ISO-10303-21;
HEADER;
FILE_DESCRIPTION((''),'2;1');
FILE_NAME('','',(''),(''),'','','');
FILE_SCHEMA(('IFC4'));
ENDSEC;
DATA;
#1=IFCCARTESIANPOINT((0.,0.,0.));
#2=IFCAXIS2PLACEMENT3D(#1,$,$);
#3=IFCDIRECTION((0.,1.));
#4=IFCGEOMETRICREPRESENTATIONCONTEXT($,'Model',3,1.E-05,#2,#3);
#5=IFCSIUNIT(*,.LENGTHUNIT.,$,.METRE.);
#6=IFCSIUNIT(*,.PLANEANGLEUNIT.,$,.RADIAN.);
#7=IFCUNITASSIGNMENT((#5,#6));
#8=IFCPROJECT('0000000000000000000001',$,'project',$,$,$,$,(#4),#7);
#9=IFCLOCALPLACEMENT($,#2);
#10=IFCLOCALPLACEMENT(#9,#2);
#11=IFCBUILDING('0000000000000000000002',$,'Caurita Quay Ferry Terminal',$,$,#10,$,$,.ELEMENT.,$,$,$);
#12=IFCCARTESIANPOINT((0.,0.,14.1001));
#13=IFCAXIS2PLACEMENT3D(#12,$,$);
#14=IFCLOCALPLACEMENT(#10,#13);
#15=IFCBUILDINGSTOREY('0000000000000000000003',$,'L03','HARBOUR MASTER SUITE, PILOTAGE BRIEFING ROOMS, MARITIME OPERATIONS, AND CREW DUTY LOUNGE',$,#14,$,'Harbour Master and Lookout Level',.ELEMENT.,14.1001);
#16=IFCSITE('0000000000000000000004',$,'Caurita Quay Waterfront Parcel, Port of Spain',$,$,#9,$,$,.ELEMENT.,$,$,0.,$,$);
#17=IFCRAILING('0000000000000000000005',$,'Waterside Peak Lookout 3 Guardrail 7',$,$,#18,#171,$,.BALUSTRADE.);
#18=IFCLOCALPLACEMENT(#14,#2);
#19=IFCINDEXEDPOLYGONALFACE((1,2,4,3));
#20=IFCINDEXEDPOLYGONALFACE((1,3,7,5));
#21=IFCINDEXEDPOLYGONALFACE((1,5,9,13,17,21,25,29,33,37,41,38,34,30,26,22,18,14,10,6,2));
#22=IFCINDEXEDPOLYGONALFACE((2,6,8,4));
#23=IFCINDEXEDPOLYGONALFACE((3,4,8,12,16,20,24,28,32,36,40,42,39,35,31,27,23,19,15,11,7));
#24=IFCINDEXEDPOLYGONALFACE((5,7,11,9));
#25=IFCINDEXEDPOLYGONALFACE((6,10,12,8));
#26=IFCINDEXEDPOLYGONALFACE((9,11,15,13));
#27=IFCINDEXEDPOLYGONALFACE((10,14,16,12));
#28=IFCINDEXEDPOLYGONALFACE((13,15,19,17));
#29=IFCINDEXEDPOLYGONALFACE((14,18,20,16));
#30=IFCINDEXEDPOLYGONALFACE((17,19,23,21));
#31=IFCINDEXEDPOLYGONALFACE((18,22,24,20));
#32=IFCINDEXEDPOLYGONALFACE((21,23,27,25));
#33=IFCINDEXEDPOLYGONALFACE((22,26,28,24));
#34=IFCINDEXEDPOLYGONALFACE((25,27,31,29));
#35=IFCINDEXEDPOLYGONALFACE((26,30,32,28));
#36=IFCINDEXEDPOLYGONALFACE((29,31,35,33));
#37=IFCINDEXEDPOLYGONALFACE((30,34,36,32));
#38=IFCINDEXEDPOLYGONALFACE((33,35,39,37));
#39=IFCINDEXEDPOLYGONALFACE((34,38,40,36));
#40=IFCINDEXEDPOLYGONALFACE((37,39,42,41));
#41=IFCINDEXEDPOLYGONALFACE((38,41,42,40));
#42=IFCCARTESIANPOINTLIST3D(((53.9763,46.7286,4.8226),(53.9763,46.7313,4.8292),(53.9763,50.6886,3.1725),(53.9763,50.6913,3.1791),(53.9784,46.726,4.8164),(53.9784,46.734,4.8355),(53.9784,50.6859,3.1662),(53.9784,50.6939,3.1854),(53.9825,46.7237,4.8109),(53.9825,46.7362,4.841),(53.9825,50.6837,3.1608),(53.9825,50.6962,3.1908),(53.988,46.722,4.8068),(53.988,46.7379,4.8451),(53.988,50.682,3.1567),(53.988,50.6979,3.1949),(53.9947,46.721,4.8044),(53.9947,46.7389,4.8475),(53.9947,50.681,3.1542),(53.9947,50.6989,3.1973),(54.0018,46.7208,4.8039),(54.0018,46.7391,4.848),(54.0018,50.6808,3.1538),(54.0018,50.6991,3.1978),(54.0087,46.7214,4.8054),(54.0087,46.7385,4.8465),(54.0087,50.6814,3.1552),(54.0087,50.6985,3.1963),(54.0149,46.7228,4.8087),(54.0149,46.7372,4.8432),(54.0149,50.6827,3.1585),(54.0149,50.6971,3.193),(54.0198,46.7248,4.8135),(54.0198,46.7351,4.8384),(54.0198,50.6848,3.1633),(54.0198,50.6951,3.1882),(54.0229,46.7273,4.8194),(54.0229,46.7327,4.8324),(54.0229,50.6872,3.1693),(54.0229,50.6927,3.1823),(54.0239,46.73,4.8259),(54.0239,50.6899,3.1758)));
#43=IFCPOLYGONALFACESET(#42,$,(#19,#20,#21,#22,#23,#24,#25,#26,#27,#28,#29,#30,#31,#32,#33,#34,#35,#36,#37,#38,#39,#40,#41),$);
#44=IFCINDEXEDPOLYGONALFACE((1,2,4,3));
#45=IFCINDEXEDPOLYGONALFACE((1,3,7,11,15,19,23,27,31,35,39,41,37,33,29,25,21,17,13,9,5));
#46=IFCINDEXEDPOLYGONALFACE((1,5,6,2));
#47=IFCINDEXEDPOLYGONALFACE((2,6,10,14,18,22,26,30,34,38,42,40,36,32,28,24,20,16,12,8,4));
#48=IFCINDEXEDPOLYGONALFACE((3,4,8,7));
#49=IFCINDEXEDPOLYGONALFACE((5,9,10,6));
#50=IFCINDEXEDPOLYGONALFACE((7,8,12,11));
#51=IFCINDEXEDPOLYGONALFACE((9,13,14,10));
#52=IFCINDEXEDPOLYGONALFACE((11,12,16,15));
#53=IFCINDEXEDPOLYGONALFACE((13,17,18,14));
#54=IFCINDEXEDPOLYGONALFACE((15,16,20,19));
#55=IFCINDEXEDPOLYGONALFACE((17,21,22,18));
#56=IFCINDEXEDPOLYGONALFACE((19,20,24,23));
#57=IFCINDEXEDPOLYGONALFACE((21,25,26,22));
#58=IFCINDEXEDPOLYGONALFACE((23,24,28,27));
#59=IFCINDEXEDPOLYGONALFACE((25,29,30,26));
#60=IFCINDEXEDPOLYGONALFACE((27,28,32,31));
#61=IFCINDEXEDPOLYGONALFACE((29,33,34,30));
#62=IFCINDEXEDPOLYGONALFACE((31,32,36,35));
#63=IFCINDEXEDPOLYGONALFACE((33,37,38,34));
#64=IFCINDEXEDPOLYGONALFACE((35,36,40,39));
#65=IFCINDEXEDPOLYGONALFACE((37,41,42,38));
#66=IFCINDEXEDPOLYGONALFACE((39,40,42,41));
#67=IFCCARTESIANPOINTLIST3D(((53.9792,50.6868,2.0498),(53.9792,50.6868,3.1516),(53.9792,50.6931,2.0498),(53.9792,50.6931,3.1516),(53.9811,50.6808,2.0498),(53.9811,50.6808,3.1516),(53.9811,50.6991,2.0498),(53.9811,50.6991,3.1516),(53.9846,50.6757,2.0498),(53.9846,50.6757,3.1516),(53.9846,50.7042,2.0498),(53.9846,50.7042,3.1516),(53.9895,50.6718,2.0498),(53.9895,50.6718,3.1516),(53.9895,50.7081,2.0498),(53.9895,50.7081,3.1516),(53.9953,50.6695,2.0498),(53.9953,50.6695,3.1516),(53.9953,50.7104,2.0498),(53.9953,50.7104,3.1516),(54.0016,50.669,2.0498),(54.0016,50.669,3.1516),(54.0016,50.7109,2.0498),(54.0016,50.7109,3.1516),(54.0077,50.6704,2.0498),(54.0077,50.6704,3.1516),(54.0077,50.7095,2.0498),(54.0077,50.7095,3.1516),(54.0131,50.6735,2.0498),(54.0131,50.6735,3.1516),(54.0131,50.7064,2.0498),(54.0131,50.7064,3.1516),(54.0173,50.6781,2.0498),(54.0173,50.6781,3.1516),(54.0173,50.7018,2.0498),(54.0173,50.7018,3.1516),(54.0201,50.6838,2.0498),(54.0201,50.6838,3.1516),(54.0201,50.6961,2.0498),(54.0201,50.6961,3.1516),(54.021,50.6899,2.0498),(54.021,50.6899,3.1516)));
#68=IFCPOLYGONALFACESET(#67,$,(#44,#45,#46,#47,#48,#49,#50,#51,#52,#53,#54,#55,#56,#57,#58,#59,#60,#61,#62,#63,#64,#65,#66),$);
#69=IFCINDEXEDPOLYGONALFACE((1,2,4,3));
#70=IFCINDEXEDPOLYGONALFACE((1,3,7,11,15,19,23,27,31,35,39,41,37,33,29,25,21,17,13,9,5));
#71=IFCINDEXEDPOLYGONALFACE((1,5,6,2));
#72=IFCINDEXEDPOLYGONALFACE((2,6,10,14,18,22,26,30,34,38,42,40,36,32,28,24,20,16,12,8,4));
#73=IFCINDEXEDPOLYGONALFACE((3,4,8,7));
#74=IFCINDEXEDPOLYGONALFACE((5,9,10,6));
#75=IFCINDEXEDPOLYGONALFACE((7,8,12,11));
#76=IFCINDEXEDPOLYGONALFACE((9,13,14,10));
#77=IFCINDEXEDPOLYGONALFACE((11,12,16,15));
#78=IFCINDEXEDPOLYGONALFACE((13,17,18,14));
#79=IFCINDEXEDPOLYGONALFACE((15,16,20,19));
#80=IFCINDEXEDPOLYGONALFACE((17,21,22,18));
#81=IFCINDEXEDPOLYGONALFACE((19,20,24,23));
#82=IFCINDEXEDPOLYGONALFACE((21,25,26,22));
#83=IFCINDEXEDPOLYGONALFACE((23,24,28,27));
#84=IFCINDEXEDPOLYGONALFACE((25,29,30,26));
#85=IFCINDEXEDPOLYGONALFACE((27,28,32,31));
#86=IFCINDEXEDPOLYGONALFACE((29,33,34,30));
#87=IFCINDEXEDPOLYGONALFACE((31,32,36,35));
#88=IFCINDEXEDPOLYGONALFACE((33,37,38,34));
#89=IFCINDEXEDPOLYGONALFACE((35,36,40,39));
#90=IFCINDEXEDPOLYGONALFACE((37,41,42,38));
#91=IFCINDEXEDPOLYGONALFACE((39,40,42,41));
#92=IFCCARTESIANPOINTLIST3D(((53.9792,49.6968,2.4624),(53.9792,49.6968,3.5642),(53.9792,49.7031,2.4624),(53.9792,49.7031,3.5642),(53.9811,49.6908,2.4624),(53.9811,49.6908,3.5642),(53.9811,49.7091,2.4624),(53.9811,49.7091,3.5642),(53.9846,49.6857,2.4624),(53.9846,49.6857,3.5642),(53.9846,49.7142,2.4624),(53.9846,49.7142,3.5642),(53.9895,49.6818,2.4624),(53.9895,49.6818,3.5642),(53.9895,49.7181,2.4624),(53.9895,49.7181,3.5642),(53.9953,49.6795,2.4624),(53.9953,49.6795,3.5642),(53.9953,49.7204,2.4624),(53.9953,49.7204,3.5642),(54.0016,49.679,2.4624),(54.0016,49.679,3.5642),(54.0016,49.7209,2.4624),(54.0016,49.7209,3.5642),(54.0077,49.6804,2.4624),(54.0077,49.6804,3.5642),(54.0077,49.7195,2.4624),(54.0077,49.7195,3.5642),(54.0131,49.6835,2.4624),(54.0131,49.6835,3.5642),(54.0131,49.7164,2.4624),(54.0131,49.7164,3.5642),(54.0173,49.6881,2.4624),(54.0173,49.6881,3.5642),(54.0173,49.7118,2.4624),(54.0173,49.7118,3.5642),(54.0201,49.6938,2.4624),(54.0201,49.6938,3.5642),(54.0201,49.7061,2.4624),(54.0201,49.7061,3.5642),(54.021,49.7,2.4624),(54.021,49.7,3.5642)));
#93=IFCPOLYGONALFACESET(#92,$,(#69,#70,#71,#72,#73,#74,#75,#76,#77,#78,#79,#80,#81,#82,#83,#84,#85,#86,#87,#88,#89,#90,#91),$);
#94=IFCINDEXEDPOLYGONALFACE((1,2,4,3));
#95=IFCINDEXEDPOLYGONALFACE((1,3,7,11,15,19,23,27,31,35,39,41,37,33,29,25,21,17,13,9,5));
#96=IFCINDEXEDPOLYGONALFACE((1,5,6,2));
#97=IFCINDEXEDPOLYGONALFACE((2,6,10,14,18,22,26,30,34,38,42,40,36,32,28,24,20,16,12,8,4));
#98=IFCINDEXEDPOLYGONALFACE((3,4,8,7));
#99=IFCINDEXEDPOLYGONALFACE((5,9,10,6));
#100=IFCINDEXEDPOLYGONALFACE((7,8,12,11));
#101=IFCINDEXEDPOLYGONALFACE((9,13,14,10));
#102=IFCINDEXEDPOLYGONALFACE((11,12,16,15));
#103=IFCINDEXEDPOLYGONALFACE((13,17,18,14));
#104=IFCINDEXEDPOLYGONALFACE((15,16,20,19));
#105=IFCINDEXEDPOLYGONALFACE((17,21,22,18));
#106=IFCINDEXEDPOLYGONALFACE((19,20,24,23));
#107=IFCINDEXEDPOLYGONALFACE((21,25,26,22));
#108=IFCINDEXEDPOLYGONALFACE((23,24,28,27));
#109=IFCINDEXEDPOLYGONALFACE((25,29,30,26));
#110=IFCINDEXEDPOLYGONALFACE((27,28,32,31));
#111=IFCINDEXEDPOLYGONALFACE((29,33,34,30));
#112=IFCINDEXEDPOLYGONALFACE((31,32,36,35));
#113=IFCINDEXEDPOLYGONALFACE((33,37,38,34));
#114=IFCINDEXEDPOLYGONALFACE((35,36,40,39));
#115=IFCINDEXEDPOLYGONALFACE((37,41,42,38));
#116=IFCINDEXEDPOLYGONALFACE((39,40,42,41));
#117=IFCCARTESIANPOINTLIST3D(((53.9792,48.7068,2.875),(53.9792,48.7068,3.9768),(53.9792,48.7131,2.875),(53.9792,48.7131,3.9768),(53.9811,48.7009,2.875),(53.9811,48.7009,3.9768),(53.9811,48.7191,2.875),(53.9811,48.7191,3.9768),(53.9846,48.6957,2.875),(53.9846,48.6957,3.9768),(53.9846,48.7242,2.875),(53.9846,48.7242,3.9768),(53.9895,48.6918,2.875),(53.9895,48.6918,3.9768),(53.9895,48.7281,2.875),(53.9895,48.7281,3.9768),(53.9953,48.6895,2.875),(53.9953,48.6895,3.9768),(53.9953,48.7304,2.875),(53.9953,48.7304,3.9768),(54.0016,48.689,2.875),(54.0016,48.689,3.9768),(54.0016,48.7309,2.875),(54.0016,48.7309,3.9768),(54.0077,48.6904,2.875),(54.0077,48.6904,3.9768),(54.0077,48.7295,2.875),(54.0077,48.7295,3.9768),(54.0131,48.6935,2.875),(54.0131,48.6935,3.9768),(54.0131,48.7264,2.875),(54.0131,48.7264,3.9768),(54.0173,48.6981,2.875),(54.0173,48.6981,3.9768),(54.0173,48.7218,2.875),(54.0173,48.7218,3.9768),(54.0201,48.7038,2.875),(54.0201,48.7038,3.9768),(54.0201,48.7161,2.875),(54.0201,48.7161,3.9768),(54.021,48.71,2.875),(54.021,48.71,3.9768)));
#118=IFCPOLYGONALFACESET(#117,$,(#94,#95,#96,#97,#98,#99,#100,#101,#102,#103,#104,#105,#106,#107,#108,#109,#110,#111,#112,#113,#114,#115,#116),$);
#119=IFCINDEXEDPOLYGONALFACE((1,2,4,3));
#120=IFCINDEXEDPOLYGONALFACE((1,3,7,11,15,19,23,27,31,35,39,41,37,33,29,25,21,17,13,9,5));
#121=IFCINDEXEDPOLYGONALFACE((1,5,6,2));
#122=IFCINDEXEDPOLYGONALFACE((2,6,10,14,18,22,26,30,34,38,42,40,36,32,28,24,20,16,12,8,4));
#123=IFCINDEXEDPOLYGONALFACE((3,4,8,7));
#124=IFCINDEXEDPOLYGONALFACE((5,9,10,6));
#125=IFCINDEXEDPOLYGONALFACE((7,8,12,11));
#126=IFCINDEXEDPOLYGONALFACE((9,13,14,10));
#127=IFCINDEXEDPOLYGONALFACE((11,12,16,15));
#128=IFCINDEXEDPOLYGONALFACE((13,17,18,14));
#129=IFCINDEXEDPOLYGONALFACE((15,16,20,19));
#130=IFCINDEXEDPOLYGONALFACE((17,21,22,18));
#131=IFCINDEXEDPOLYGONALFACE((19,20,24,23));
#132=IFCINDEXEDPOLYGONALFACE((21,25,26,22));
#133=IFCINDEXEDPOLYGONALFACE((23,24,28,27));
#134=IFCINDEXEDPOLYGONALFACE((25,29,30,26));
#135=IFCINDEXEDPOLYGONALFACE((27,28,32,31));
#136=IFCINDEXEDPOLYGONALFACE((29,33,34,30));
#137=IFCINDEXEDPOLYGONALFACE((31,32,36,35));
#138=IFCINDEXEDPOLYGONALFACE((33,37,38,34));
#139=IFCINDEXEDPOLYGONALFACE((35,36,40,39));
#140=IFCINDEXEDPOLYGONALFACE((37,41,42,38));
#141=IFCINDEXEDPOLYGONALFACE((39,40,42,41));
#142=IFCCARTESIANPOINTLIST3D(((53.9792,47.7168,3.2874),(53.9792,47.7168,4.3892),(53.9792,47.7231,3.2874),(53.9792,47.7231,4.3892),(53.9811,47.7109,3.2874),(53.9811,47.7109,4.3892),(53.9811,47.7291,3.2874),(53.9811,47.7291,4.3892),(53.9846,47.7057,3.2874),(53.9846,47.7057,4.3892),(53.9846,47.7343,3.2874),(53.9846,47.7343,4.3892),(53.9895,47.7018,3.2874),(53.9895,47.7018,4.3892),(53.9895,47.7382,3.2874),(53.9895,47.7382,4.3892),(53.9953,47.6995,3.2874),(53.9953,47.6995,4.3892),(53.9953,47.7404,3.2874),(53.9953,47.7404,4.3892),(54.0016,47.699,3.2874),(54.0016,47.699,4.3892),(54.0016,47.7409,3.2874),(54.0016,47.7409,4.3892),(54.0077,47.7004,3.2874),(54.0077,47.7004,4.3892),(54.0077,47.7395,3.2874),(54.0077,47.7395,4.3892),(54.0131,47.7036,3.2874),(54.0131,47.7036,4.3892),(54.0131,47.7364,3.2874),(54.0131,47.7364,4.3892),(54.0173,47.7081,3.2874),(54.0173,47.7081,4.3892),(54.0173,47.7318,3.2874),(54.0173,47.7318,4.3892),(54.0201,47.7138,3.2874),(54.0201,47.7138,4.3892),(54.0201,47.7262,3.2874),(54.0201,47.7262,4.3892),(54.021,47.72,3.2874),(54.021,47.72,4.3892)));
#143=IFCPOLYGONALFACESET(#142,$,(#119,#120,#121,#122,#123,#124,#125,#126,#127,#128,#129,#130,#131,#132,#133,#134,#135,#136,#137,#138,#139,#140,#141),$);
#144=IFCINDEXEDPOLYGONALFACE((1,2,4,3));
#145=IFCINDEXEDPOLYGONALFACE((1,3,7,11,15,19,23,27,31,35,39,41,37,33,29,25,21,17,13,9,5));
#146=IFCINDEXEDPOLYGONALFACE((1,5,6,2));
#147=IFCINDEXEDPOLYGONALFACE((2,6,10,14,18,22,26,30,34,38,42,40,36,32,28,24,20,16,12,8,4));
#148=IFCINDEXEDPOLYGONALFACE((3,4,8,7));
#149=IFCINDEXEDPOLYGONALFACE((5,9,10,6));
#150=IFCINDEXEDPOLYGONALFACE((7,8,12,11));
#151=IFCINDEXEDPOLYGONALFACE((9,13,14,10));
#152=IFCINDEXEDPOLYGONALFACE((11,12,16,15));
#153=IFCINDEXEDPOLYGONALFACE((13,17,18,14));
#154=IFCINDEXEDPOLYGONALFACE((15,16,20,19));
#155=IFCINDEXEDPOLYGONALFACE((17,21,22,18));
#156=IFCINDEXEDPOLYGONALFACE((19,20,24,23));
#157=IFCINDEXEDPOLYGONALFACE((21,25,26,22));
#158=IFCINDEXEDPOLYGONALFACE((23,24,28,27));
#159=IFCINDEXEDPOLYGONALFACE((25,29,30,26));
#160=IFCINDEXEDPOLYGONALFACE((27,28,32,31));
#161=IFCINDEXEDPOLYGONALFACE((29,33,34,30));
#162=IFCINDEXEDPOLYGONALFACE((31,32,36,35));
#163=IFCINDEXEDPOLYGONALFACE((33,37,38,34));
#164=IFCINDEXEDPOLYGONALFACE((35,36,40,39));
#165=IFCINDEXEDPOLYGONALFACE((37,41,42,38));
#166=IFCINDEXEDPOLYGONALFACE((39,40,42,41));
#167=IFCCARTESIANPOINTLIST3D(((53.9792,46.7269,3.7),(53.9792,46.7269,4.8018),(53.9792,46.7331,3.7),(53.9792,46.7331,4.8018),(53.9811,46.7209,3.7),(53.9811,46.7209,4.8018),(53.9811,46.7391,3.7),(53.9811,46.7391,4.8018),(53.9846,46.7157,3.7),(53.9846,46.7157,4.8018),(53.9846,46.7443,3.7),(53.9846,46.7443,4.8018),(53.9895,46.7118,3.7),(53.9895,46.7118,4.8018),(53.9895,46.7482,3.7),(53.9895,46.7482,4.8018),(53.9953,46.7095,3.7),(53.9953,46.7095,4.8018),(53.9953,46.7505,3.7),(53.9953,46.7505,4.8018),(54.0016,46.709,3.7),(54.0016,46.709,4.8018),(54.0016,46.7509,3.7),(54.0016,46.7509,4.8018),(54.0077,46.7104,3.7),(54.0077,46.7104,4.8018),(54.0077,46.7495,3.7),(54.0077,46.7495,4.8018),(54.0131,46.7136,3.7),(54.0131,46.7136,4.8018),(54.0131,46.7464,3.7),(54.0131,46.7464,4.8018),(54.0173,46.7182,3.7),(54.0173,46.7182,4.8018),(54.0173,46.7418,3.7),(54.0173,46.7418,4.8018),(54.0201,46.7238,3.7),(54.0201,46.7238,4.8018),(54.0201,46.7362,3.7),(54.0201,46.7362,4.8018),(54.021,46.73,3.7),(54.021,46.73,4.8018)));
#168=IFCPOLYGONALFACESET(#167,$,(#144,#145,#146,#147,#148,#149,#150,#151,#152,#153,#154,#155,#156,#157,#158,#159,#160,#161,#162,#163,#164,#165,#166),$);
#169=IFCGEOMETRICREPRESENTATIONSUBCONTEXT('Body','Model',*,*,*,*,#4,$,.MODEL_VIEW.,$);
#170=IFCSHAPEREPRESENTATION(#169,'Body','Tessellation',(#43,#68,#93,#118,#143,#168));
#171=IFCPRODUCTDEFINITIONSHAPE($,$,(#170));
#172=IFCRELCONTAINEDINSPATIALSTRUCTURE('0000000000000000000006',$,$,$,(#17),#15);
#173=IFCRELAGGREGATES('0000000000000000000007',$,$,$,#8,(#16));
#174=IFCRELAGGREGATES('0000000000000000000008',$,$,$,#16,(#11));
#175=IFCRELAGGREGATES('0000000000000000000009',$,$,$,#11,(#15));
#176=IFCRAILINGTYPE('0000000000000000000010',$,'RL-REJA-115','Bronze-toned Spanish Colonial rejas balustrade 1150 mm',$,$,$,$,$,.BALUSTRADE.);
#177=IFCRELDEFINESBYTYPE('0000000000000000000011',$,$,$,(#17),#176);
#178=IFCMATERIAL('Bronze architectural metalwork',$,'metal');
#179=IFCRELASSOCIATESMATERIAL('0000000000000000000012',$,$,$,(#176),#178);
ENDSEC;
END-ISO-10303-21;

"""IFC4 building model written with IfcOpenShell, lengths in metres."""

from ifc_helpers import new_model, si_unit, direction, frame, origin, origin_2d, place, context, subcontext, project, spatial, circle, extrude, material, type_object, element, save


model = new_model("IFC4")

# Units and contexts
model_context = context("Model", 3, precision=1e-05, world=origin(), true_north=direction((0.0, 1.0)))
body_context = subcontext(model_context, "Body", "Model", "MODEL_VIEW")
ifc_project = project(units=[si_unit("LENGTHUNIT", "METRE"), si_unit("PLANEANGLEUNIT", "RADIAN")], contexts=[model_context])

# Site, building, storey
site_placement = place(None, origin())
site = spatial("IfcSite", under=ifc_project, at=site_placement, Name="Caurita Quay Waterfront Parcel, Port of Spain", CompositionType="ELEMENT", RefElevation=0.0)
building_placement = place(site_placement, origin())
building = spatial("IfcBuilding", under=site, at=building_placement, Name="Caurita Quay Ferry Terminal", CompositionType="ELEMENT")
storey_placement = place(building_placement, frame((0.0, 0.0, 14.1001)))
storey = spatial("IfcBuildingStorey", under=building, at=storey_placement, Name="L03", Description="HARBOUR MASTER SUITE, PILOTAGE BRIEFING ROOMS, MARITIME OPERATIONS, AND CREW DUTY LOUNGE", LongName="Harbour Master and Lookout Level", CompositionType="ELEMENT", Elevation=14.1001)

# Railing
ifc_material_1 = material(Name="Bronze architectural metalwork", Category="metal")
railing_type_1 = type_object("IfcRailingType", Name="RL-REJA-115", Description="Bronze-toned Spanish Colonial rejas balustrade 1150 mm", PredefinedType="BALUSTRADE", material=ifc_material_1)
railing_1_placement = place(storey_placement, frame((54.0, 50.6899, 2.0498)))
element("IfcRailing", 1, at=railing_1_placement, inside=storey, type_object=railing_type_1, Name="Waterside Peak Lookout 3 Guardrail 7", PredefinedType="BALUSTRADE", context=body_context, shape_type="SweptSolid", body=[
    extrude(circle(Radius=0.0239, at=origin_2d()), frame((0.0, 0.0, 1.126), z_axis=(0.0, -0.923063, 0.384648), x_axis=(1.0, 0.0, 0.0)), (0.0, 0.0, 1.0), 4.29),
    extrude(circle(Radius=0.021, at=origin_2d()), origin(), (0.0, 0.0, 1.0), 1.1018),
    extrude(circle(Radius=0.021, at=origin_2d()), frame((0.0, -0.99, 0.4126)), (0.0, 0.0, 1.0), 1.1018),
    extrude(circle(Radius=0.021, at=origin_2d()), frame((0.0, -1.98, 0.8252)), (0.0, 0.0, 1.0), 1.1018),
    extrude(circle(Radius=0.021, at=origin_2d()), frame((0.0, -2.97, 1.2375)), (0.0, 0.0, 1.0), 1.1018),
    extrude(circle(Radius=0.021, at=origin_2d()), frame((0.0, -3.96, 1.6501)), (0.0, 0.0, 1.0), 1.1018),
])

save(model, "model.ifc")
